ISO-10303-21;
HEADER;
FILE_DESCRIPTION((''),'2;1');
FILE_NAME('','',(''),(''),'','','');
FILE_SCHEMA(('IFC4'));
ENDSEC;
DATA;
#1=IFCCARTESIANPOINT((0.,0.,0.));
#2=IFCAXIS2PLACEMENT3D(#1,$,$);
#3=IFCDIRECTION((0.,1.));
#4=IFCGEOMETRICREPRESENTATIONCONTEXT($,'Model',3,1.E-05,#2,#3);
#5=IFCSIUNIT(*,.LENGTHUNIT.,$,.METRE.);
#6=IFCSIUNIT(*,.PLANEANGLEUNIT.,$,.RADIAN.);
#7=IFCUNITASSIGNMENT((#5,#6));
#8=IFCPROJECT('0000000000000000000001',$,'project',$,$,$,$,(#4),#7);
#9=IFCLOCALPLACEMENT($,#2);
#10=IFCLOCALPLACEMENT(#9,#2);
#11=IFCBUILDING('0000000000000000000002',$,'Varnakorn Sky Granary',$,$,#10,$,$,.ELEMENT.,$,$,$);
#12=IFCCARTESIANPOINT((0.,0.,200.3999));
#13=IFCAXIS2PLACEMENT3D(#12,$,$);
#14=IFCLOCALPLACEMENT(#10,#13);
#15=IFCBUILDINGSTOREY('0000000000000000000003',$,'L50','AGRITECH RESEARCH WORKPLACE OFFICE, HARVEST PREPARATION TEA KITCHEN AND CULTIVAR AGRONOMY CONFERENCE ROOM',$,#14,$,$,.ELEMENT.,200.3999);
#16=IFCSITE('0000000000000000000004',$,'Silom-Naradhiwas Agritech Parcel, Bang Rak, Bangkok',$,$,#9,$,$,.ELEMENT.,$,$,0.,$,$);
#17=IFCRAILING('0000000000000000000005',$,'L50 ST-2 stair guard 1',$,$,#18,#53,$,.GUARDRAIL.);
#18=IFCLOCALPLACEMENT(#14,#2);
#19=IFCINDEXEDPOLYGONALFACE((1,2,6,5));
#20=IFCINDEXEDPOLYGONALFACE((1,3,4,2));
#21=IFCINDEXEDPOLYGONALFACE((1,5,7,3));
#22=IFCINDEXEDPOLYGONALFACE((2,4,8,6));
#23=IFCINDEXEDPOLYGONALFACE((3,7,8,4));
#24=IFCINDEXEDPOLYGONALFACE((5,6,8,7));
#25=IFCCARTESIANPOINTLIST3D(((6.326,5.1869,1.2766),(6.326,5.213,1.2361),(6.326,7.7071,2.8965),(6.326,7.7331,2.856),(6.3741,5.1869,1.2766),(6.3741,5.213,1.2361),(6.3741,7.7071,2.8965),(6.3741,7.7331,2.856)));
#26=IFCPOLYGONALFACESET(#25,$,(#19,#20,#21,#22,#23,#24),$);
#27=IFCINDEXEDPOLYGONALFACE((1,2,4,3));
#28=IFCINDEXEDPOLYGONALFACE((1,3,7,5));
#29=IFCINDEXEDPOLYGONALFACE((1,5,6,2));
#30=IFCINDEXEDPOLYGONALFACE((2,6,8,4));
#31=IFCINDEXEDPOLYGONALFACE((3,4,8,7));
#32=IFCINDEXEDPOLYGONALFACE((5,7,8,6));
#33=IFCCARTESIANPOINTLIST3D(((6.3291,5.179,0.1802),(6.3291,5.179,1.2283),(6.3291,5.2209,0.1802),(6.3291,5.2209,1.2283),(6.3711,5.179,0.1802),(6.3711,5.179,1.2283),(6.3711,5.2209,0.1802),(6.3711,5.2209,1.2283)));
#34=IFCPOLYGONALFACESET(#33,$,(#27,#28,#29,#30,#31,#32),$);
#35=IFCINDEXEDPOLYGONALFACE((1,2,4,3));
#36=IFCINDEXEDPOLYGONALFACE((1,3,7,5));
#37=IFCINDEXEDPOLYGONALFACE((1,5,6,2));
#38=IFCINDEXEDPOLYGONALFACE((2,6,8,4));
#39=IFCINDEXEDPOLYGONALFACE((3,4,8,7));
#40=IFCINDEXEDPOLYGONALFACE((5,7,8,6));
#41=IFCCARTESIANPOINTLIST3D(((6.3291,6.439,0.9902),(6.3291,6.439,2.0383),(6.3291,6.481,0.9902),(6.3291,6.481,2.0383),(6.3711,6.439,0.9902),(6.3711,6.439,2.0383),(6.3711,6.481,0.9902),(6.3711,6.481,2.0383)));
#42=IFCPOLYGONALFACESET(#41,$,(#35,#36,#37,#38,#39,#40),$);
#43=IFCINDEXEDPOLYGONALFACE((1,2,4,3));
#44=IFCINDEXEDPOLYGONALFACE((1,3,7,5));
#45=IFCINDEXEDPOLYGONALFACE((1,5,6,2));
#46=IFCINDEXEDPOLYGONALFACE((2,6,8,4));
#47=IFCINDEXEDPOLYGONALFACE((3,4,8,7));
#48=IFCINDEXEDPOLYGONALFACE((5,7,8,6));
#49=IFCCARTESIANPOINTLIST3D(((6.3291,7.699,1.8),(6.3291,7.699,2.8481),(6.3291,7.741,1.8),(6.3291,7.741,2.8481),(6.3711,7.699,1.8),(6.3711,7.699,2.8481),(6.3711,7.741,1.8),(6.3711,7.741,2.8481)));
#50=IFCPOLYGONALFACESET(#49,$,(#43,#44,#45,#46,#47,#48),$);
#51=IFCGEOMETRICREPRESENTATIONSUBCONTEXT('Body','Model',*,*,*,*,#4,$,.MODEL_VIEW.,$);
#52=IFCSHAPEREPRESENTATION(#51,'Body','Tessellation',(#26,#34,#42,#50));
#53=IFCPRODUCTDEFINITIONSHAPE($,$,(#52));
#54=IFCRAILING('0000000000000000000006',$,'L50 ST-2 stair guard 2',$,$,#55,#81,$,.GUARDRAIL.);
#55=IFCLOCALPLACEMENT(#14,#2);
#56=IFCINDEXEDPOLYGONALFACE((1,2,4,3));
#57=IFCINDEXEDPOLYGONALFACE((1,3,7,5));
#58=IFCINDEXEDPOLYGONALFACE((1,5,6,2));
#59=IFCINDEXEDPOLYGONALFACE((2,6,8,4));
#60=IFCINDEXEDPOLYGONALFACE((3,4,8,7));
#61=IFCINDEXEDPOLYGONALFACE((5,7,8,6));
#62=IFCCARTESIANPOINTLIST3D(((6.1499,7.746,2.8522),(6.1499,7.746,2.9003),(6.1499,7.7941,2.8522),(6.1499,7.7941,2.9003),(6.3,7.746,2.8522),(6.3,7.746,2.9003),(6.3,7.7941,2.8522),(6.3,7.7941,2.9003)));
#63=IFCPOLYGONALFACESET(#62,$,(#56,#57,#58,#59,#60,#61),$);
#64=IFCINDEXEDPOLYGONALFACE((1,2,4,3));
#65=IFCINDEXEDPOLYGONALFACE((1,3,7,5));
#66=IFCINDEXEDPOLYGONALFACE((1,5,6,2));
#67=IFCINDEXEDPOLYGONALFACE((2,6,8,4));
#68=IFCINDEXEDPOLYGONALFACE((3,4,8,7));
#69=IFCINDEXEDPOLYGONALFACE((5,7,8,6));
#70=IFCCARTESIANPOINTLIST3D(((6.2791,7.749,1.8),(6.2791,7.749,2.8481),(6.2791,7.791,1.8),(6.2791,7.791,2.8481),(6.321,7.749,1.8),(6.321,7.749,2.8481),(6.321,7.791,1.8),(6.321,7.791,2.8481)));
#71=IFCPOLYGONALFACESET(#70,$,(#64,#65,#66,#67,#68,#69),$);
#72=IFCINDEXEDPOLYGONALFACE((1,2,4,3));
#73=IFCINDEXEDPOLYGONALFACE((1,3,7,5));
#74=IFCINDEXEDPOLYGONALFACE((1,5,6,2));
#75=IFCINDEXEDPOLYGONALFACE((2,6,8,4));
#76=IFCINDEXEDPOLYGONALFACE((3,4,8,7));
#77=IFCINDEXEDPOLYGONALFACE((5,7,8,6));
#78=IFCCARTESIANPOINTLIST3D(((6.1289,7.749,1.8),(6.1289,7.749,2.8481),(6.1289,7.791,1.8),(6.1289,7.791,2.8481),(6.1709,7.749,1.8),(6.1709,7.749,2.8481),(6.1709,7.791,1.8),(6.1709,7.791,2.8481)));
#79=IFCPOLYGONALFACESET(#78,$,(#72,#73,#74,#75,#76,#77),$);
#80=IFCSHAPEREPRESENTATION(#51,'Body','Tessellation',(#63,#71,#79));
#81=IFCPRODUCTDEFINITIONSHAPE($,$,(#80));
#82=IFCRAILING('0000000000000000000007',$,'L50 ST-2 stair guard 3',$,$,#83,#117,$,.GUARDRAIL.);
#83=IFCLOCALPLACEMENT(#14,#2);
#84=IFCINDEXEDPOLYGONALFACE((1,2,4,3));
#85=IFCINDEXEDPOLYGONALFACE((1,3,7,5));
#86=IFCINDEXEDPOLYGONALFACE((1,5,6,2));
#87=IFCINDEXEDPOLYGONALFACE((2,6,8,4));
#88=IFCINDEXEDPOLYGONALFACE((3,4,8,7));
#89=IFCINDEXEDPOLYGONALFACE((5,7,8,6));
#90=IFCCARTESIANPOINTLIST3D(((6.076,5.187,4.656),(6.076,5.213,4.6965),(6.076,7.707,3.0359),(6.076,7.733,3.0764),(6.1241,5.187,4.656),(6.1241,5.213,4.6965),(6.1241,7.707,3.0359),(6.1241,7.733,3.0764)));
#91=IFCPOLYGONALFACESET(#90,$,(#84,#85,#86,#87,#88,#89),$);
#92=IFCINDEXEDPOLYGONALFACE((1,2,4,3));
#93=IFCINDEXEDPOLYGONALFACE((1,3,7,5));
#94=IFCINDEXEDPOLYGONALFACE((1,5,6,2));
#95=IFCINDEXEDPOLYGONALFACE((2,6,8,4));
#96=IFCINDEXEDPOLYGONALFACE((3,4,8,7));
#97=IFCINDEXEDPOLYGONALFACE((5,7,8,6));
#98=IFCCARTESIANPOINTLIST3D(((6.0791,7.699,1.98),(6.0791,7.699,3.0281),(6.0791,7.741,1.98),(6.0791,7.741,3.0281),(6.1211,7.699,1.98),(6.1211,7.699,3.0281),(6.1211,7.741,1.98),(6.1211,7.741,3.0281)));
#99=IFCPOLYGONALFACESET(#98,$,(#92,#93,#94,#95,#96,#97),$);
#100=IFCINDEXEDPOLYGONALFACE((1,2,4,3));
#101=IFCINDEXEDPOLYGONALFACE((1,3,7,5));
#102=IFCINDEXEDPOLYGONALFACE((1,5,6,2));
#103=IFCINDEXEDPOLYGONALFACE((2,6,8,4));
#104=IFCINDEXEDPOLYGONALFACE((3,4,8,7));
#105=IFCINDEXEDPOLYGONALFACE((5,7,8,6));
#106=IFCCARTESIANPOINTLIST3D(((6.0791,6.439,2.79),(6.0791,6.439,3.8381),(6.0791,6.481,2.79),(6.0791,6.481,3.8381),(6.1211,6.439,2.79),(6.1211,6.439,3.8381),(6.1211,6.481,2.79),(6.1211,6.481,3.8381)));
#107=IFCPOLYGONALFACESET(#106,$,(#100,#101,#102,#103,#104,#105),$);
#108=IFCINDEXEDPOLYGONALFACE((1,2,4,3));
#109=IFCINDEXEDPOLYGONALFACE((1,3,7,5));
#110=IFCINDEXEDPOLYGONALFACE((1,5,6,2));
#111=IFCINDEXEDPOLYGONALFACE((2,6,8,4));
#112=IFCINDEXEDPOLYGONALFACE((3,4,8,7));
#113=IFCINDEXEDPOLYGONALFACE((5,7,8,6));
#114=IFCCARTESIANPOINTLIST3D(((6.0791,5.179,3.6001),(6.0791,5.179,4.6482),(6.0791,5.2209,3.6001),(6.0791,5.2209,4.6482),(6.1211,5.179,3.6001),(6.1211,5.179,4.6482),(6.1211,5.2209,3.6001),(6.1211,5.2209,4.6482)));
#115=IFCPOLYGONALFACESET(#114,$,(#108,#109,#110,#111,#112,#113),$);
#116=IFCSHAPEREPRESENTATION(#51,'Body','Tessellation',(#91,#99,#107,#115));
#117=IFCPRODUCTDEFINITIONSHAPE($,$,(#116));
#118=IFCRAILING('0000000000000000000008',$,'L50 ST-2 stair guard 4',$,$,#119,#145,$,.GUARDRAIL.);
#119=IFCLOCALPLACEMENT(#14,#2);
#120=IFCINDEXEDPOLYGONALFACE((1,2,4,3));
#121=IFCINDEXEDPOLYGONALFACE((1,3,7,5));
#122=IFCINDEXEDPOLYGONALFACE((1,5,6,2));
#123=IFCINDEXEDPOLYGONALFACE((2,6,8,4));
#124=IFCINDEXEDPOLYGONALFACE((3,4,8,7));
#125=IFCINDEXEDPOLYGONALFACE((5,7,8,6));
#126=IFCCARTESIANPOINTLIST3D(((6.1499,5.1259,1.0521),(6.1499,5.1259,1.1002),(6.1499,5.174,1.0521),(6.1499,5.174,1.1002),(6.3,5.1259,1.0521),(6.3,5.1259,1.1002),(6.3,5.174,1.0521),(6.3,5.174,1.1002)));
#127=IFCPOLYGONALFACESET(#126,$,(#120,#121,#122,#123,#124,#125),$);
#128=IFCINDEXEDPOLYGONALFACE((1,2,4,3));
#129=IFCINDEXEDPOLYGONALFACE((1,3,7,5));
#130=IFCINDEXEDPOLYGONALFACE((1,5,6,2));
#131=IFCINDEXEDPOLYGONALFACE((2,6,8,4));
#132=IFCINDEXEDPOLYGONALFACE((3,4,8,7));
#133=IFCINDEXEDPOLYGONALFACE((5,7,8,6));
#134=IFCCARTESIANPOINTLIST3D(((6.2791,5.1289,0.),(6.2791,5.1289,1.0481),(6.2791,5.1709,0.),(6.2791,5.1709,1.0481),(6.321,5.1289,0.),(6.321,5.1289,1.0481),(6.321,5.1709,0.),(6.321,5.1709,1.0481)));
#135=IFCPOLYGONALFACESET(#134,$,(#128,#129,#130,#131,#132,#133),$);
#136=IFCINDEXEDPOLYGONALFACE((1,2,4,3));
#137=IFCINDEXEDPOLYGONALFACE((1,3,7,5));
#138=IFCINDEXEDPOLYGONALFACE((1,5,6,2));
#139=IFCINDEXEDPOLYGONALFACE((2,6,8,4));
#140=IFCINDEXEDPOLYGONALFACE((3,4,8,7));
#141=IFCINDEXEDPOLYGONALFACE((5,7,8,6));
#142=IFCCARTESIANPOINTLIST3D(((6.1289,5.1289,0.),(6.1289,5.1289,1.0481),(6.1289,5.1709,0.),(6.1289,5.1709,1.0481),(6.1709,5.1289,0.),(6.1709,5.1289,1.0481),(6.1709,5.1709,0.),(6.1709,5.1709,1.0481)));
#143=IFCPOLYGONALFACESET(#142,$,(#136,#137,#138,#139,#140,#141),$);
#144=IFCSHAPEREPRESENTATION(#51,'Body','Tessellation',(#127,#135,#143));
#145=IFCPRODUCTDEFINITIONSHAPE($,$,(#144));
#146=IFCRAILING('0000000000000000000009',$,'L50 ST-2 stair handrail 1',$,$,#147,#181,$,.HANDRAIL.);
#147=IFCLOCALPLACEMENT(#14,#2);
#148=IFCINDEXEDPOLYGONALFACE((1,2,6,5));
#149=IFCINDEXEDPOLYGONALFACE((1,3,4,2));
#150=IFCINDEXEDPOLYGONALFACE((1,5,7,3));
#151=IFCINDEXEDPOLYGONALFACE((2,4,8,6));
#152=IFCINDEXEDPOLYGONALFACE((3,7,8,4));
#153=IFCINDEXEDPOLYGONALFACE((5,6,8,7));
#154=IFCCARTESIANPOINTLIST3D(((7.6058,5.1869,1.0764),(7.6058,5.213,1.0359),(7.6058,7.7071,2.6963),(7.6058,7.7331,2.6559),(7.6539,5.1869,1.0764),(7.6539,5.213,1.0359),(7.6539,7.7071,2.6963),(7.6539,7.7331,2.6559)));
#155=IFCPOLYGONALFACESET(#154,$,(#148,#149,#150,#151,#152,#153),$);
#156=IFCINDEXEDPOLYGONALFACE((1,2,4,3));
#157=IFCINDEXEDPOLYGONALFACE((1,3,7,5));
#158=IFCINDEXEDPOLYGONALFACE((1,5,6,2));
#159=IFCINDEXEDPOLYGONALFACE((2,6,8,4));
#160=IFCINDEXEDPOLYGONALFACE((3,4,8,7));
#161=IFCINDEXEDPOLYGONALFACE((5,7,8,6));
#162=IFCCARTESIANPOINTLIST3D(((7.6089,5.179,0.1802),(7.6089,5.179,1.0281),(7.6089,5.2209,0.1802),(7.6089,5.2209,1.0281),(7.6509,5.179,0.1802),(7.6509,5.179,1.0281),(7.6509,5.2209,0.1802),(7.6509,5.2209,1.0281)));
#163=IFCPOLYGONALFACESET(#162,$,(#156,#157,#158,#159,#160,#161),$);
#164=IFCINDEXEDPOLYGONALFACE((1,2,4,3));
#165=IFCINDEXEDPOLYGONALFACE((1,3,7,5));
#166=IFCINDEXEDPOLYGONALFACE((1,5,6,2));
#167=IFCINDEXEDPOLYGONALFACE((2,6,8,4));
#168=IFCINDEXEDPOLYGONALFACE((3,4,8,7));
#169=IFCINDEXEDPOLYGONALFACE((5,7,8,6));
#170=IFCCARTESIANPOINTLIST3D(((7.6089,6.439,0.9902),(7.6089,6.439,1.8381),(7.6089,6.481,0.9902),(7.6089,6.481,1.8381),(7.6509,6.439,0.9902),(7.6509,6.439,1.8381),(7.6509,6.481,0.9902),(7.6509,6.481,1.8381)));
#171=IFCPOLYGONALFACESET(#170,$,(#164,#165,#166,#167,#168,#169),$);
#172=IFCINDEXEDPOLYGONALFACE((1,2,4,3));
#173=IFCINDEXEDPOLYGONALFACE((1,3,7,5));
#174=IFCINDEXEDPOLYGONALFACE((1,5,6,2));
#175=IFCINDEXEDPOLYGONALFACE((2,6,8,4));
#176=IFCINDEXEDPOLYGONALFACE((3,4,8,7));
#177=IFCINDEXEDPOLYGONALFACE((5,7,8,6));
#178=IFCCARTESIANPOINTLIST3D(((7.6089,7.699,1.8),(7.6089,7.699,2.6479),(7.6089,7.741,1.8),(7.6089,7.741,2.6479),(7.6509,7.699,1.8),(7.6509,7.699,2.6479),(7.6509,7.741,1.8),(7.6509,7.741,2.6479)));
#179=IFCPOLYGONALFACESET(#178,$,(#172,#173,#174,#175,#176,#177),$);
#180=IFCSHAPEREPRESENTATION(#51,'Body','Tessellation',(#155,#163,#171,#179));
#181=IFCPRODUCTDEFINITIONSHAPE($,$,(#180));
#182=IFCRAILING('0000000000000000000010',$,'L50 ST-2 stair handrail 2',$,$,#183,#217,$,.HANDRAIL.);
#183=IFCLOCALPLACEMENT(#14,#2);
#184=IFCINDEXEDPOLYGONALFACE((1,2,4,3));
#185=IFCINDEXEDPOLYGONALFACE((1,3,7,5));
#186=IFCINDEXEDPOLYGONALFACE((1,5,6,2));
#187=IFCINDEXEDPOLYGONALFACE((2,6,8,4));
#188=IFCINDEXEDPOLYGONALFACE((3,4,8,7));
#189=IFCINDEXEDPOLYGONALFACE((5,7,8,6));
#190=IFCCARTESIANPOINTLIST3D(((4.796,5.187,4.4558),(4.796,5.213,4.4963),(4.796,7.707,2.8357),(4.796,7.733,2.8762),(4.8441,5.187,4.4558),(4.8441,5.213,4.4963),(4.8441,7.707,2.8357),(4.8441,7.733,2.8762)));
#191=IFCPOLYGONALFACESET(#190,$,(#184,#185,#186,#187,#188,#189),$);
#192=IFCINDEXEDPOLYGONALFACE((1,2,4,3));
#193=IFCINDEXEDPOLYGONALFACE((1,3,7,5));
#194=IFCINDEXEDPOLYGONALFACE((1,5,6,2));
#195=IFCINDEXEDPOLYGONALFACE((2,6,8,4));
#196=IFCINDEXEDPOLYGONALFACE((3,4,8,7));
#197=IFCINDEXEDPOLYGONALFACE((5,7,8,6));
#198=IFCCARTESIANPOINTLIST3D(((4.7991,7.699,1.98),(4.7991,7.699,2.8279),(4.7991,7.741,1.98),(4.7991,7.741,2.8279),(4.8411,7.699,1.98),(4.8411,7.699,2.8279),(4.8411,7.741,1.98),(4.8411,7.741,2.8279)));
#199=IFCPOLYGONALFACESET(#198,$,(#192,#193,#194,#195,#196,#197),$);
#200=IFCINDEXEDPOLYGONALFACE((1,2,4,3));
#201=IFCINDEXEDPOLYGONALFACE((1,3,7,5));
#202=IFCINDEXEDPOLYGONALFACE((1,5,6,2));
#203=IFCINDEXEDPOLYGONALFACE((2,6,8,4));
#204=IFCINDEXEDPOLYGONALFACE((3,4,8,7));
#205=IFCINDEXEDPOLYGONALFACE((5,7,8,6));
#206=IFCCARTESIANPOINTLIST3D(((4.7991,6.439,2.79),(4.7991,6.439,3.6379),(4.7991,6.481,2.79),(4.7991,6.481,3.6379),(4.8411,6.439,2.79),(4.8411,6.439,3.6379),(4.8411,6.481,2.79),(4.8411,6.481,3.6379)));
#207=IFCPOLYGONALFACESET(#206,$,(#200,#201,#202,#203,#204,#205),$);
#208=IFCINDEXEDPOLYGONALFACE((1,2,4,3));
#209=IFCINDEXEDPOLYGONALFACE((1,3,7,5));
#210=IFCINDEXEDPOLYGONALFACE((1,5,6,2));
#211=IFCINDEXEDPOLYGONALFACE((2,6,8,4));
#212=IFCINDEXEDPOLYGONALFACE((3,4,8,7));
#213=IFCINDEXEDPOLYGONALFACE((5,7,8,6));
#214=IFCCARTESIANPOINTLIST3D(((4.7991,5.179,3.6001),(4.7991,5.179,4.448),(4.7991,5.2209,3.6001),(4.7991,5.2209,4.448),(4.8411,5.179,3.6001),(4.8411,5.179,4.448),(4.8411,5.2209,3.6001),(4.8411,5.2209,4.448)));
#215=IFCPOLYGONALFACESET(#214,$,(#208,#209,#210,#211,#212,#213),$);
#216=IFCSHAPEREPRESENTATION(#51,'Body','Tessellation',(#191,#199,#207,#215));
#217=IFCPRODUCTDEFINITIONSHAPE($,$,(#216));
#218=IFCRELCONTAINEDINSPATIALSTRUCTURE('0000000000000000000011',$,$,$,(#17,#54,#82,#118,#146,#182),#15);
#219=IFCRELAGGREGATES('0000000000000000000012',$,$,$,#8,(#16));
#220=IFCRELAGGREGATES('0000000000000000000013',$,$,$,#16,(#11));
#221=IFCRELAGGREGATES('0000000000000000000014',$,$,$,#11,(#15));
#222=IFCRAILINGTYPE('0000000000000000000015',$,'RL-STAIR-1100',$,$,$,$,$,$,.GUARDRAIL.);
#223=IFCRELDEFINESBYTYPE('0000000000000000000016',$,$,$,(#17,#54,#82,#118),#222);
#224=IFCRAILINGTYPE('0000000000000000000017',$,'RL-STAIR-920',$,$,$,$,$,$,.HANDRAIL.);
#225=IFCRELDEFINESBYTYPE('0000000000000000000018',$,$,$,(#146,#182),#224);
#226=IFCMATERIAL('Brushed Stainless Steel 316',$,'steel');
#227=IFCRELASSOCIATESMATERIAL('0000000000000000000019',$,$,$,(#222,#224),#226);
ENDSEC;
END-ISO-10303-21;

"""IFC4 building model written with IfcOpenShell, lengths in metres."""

from ifc_helpers import new_model, si_unit, direction, frame, origin, origin_2d, place, context, subcontext, project, spatial, rectangle, extrude, material, type_object, element, save


model = new_model("IFC4")

# Units and contexts
model_context = context("Model", 3, precision=1e-05, world=origin(), true_north=direction((0.0, 1.0)))
body_context = subcontext(model_context, "Body", "Model", "MODEL_VIEW")
ifc_project = project(units=[si_unit("LENGTHUNIT", "METRE"), si_unit("PLANEANGLEUNIT", "RADIAN")], contexts=[model_context])

# Site, building, storey
site_placement = place(None, origin())
site = spatial("IfcSite", under=ifc_project, at=site_placement, Name="Silom-Naradhiwas Agritech Parcel, Bang Rak, Bangkok", CompositionType="ELEMENT", RefElevation=0.0)
building_placement = place(site_placement, origin())
building = spatial("IfcBuilding", under=site, at=building_placement, Name="Varnakorn Sky Granary", CompositionType="ELEMENT")
storey_placement = place(building_placement, frame((0.0, 0.0, 200.3999)))
storey = spatial("IfcBuildingStorey", under=building, at=storey_placement, Name="L50", Description="AGRITECH RESEARCH WORKPLACE OFFICE, HARVEST PREPARATION TEA KITCHEN AND CULTIVAR AGRONOMY CONFERENCE ROOM", CompositionType="ELEMENT", Elevation=200.3999)

# Railings
ifc_material_1 = material(Name="Brushed Stainless Steel 316", Category="steel")
railing_type_1 = type_object("IfcRailingType", Name="RL-STAIR-1100", PredefinedType="GUARDRAIL", material=ifc_material_1)
railing_1_placement = place(storey_placement, frame((6.3501, 5.2, 0.1802)))
element("IfcRailing", 1, at=railing_1_placement, inside=storey, type_object=railing_type_1, Name="L50 ST-2 stair guard 1", PredefinedType="GUARDRAIL", context=body_context, shape_type="SweptSolid", body=[
    extrude(rectangle(XDim=0.0481, YDim=0.0481, at=origin_2d()), frame((0.0, 0.0, 1.0762), z_axis=(0.0, 0.8412, 0.540725), x_axis=(-1.0, 0.0, 0.0)), (0.0, 0.0, 1.0), 2.9958),
    extrude(rectangle(XDim=0.042, YDim=0.042, at=origin_2d()), origin(), (0.0, 0.0, 1.0), 1.0481),
    extrude(rectangle(XDim=0.042, YDim=0.042, at=origin_2d()), frame((0.0, 1.26, 0.8101)), (0.0, 0.0, 1.0), 1.0481),
    extrude(rectangle(XDim=0.042, YDim=0.042, at=origin_2d()), frame((0.0, 2.52, 1.6199)), (0.0, 0.0, 1.0), 1.0481),
])
railing_2_placement = place(storey_placement, frame((6.3, 7.77, 1.8)))
element("IfcRailing", 2, at=railing_2_placement, inside=storey, type_object=railing_type_1, Name="L50 ST-2 stair guard 2", PredefinedType="GUARDRAIL", context=body_context, shape_type="SweptSolid", body=[
    extrude(rectangle(XDim=0.0481, YDim=0.0481, at=origin_2d()), frame((0.0, 0.0, 1.0762), z_axis=(-1.0, 0.0, 0.0), x_axis=(0.0, -1.0, 0.0)), (0.0, 0.0, 1.0), 0.1501),
    extrude(rectangle(XDim=0.042, YDim=0.042, at=origin_2d()), origin(), (0.0, 0.0, 1.0), 1.0481),
    extrude(rectangle(XDim=0.042, YDim=0.042, at=origin_2d()), frame((-0.1501, 0.0, 0.0)), (0.0, 0.0, 1.0), 1.0481),
])
railing_3_placement = place(storey_placement, frame((6.1001, 7.72, 1.98)))
element("IfcRailing", 3, at=railing_3_placement, inside=storey, type_object=railing_type_1, Name="L50 ST-2 stair guard 3", PredefinedType="GUARDRAIL", context=body_context, shape_type="SweptSolid", body=[
    extrude(rectangle(XDim=0.0481, YDim=0.0481, at=origin_2d()), frame((0.0, 0.0, 1.0762), z_axis=(0.0, -0.841163, 0.540782), x_axis=(1.0, 0.0, 0.0)), (0.0, 0.0, 1.0), 2.9958),
    extrude(rectangle(XDim=0.042, YDim=0.042, at=origin_2d()), origin(), (0.0, 0.0, 1.0), 1.0481),
    extrude(rectangle(XDim=0.042, YDim=0.042, at=origin_2d()), frame((0.0, -1.26, 0.8101)), (0.0, 0.0, 1.0), 1.0481),
    extrude(rectangle(XDim=0.042, YDim=0.042, at=origin_2d()), frame((0.0, -2.52, 1.6201)), (0.0, 0.0, 1.0), 1.0481),
])
railing_4_placement = place(storey_placement, frame((6.3, 5.1499, 0.0)))
element("IfcRailing", 4, at=railing_4_placement, inside=storey, type_object=railing_type_1, Name="L50 ST-2 stair guard 4", PredefinedType="GUARDRAIL", context=body_context, shape_type="SweptSolid", body=[
    extrude(rectangle(XDim=0.0481, YDim=0.0481, at=origin_2d()), frame((0.0, 0.0, 1.0762), z_axis=(-1.0, 0.0, 0.0), x_axis=(0.0, -1.0, 0.0)), (0.0, 0.0, 1.0), 0.1501),
    extrude(rectangle(XDim=0.042, YDim=0.042, at=origin_2d()), origin(), (0.0, 0.0, 1.0), 1.0481),
    extrude(rectangle(XDim=0.042, YDim=0.042, at=origin_2d()), frame((-0.1501, 0.0, 0.0)), (0.0, 0.0, 1.0), 1.0481),
])
railing_type_2 = type_object("IfcRailingType", Name="RL-STAIR-920", PredefinedType="HANDRAIL", material=ifc_material_1)
railing_5_placement = place(storey_placement, frame((7.6299, 5.2, 0.1802)))
element("IfcRailing", 5, at=railing_5_placement, inside=storey, type_object=railing_type_2, Name="L50 ST-2 stair handrail 1", PredefinedType="HANDRAIL", context=body_context, shape_type="SweptSolid", body=[
    extrude(rectangle(XDim=0.0481, YDim=0.0481, at=origin_2d()), frame((0.0, 0.0, 0.876), z_axis=(0.0, 0.8412, 0.540725), x_axis=(-1.0, 0.0, 0.0)), (0.0, 0.0, 1.0), 2.9958),
    extrude(rectangle(XDim=0.042, YDim=0.042, at=origin_2d()), origin(), (0.0, 0.0, 1.0), 0.8479),
    extrude(rectangle(XDim=0.042, YDim=0.042, at=origin_2d()), frame((0.0, 1.26, 0.8101)), (0.0, 0.0, 1.0), 0.8479),
    extrude(rectangle(XDim=0.042, YDim=0.042, at=origin_2d()), frame((0.0, 2.52, 1.6199)), (0.0, 0.0, 1.0), 0.8479),
])
railing_6_placement = place(storey_placement, frame((4.8201, 7.72, 1.98)))
element("IfcRailing", 6, at=railing_6_placement, inside=storey, type_object=railing_type_2, Name="L50 ST-2 stair handrail 2", PredefinedType="HANDRAIL", context=body_context, shape_type="SweptSolid", body=[
    extrude(rectangle(XDim=0.0481, YDim=0.0481, at=origin_2d()), frame((0.0, 0.0, 0.876), z_axis=(0.0, -0.841163, 0.540782), x_axis=(1.0, 0.0, 0.0)), (0.0, 0.0, 1.0), 2.9958),
    extrude(rectangle(XDim=0.042, YDim=0.042, at=origin_2d()), origin(), (0.0, 0.0, 1.0), 0.8479),
    extrude(rectangle(XDim=0.042, YDim=0.042, at=origin_2d()), frame((0.0, -1.26, 0.8101)), (0.0, 0.0, 1.0), 0.8479),
    extrude(rectangle(XDim=0.042, YDim=0.042, at=origin_2d()), frame((0.0, -2.52, 1.6201)), (0.0, 0.0, 1.0), 0.8479),
])

save(model, "model.ifc")
